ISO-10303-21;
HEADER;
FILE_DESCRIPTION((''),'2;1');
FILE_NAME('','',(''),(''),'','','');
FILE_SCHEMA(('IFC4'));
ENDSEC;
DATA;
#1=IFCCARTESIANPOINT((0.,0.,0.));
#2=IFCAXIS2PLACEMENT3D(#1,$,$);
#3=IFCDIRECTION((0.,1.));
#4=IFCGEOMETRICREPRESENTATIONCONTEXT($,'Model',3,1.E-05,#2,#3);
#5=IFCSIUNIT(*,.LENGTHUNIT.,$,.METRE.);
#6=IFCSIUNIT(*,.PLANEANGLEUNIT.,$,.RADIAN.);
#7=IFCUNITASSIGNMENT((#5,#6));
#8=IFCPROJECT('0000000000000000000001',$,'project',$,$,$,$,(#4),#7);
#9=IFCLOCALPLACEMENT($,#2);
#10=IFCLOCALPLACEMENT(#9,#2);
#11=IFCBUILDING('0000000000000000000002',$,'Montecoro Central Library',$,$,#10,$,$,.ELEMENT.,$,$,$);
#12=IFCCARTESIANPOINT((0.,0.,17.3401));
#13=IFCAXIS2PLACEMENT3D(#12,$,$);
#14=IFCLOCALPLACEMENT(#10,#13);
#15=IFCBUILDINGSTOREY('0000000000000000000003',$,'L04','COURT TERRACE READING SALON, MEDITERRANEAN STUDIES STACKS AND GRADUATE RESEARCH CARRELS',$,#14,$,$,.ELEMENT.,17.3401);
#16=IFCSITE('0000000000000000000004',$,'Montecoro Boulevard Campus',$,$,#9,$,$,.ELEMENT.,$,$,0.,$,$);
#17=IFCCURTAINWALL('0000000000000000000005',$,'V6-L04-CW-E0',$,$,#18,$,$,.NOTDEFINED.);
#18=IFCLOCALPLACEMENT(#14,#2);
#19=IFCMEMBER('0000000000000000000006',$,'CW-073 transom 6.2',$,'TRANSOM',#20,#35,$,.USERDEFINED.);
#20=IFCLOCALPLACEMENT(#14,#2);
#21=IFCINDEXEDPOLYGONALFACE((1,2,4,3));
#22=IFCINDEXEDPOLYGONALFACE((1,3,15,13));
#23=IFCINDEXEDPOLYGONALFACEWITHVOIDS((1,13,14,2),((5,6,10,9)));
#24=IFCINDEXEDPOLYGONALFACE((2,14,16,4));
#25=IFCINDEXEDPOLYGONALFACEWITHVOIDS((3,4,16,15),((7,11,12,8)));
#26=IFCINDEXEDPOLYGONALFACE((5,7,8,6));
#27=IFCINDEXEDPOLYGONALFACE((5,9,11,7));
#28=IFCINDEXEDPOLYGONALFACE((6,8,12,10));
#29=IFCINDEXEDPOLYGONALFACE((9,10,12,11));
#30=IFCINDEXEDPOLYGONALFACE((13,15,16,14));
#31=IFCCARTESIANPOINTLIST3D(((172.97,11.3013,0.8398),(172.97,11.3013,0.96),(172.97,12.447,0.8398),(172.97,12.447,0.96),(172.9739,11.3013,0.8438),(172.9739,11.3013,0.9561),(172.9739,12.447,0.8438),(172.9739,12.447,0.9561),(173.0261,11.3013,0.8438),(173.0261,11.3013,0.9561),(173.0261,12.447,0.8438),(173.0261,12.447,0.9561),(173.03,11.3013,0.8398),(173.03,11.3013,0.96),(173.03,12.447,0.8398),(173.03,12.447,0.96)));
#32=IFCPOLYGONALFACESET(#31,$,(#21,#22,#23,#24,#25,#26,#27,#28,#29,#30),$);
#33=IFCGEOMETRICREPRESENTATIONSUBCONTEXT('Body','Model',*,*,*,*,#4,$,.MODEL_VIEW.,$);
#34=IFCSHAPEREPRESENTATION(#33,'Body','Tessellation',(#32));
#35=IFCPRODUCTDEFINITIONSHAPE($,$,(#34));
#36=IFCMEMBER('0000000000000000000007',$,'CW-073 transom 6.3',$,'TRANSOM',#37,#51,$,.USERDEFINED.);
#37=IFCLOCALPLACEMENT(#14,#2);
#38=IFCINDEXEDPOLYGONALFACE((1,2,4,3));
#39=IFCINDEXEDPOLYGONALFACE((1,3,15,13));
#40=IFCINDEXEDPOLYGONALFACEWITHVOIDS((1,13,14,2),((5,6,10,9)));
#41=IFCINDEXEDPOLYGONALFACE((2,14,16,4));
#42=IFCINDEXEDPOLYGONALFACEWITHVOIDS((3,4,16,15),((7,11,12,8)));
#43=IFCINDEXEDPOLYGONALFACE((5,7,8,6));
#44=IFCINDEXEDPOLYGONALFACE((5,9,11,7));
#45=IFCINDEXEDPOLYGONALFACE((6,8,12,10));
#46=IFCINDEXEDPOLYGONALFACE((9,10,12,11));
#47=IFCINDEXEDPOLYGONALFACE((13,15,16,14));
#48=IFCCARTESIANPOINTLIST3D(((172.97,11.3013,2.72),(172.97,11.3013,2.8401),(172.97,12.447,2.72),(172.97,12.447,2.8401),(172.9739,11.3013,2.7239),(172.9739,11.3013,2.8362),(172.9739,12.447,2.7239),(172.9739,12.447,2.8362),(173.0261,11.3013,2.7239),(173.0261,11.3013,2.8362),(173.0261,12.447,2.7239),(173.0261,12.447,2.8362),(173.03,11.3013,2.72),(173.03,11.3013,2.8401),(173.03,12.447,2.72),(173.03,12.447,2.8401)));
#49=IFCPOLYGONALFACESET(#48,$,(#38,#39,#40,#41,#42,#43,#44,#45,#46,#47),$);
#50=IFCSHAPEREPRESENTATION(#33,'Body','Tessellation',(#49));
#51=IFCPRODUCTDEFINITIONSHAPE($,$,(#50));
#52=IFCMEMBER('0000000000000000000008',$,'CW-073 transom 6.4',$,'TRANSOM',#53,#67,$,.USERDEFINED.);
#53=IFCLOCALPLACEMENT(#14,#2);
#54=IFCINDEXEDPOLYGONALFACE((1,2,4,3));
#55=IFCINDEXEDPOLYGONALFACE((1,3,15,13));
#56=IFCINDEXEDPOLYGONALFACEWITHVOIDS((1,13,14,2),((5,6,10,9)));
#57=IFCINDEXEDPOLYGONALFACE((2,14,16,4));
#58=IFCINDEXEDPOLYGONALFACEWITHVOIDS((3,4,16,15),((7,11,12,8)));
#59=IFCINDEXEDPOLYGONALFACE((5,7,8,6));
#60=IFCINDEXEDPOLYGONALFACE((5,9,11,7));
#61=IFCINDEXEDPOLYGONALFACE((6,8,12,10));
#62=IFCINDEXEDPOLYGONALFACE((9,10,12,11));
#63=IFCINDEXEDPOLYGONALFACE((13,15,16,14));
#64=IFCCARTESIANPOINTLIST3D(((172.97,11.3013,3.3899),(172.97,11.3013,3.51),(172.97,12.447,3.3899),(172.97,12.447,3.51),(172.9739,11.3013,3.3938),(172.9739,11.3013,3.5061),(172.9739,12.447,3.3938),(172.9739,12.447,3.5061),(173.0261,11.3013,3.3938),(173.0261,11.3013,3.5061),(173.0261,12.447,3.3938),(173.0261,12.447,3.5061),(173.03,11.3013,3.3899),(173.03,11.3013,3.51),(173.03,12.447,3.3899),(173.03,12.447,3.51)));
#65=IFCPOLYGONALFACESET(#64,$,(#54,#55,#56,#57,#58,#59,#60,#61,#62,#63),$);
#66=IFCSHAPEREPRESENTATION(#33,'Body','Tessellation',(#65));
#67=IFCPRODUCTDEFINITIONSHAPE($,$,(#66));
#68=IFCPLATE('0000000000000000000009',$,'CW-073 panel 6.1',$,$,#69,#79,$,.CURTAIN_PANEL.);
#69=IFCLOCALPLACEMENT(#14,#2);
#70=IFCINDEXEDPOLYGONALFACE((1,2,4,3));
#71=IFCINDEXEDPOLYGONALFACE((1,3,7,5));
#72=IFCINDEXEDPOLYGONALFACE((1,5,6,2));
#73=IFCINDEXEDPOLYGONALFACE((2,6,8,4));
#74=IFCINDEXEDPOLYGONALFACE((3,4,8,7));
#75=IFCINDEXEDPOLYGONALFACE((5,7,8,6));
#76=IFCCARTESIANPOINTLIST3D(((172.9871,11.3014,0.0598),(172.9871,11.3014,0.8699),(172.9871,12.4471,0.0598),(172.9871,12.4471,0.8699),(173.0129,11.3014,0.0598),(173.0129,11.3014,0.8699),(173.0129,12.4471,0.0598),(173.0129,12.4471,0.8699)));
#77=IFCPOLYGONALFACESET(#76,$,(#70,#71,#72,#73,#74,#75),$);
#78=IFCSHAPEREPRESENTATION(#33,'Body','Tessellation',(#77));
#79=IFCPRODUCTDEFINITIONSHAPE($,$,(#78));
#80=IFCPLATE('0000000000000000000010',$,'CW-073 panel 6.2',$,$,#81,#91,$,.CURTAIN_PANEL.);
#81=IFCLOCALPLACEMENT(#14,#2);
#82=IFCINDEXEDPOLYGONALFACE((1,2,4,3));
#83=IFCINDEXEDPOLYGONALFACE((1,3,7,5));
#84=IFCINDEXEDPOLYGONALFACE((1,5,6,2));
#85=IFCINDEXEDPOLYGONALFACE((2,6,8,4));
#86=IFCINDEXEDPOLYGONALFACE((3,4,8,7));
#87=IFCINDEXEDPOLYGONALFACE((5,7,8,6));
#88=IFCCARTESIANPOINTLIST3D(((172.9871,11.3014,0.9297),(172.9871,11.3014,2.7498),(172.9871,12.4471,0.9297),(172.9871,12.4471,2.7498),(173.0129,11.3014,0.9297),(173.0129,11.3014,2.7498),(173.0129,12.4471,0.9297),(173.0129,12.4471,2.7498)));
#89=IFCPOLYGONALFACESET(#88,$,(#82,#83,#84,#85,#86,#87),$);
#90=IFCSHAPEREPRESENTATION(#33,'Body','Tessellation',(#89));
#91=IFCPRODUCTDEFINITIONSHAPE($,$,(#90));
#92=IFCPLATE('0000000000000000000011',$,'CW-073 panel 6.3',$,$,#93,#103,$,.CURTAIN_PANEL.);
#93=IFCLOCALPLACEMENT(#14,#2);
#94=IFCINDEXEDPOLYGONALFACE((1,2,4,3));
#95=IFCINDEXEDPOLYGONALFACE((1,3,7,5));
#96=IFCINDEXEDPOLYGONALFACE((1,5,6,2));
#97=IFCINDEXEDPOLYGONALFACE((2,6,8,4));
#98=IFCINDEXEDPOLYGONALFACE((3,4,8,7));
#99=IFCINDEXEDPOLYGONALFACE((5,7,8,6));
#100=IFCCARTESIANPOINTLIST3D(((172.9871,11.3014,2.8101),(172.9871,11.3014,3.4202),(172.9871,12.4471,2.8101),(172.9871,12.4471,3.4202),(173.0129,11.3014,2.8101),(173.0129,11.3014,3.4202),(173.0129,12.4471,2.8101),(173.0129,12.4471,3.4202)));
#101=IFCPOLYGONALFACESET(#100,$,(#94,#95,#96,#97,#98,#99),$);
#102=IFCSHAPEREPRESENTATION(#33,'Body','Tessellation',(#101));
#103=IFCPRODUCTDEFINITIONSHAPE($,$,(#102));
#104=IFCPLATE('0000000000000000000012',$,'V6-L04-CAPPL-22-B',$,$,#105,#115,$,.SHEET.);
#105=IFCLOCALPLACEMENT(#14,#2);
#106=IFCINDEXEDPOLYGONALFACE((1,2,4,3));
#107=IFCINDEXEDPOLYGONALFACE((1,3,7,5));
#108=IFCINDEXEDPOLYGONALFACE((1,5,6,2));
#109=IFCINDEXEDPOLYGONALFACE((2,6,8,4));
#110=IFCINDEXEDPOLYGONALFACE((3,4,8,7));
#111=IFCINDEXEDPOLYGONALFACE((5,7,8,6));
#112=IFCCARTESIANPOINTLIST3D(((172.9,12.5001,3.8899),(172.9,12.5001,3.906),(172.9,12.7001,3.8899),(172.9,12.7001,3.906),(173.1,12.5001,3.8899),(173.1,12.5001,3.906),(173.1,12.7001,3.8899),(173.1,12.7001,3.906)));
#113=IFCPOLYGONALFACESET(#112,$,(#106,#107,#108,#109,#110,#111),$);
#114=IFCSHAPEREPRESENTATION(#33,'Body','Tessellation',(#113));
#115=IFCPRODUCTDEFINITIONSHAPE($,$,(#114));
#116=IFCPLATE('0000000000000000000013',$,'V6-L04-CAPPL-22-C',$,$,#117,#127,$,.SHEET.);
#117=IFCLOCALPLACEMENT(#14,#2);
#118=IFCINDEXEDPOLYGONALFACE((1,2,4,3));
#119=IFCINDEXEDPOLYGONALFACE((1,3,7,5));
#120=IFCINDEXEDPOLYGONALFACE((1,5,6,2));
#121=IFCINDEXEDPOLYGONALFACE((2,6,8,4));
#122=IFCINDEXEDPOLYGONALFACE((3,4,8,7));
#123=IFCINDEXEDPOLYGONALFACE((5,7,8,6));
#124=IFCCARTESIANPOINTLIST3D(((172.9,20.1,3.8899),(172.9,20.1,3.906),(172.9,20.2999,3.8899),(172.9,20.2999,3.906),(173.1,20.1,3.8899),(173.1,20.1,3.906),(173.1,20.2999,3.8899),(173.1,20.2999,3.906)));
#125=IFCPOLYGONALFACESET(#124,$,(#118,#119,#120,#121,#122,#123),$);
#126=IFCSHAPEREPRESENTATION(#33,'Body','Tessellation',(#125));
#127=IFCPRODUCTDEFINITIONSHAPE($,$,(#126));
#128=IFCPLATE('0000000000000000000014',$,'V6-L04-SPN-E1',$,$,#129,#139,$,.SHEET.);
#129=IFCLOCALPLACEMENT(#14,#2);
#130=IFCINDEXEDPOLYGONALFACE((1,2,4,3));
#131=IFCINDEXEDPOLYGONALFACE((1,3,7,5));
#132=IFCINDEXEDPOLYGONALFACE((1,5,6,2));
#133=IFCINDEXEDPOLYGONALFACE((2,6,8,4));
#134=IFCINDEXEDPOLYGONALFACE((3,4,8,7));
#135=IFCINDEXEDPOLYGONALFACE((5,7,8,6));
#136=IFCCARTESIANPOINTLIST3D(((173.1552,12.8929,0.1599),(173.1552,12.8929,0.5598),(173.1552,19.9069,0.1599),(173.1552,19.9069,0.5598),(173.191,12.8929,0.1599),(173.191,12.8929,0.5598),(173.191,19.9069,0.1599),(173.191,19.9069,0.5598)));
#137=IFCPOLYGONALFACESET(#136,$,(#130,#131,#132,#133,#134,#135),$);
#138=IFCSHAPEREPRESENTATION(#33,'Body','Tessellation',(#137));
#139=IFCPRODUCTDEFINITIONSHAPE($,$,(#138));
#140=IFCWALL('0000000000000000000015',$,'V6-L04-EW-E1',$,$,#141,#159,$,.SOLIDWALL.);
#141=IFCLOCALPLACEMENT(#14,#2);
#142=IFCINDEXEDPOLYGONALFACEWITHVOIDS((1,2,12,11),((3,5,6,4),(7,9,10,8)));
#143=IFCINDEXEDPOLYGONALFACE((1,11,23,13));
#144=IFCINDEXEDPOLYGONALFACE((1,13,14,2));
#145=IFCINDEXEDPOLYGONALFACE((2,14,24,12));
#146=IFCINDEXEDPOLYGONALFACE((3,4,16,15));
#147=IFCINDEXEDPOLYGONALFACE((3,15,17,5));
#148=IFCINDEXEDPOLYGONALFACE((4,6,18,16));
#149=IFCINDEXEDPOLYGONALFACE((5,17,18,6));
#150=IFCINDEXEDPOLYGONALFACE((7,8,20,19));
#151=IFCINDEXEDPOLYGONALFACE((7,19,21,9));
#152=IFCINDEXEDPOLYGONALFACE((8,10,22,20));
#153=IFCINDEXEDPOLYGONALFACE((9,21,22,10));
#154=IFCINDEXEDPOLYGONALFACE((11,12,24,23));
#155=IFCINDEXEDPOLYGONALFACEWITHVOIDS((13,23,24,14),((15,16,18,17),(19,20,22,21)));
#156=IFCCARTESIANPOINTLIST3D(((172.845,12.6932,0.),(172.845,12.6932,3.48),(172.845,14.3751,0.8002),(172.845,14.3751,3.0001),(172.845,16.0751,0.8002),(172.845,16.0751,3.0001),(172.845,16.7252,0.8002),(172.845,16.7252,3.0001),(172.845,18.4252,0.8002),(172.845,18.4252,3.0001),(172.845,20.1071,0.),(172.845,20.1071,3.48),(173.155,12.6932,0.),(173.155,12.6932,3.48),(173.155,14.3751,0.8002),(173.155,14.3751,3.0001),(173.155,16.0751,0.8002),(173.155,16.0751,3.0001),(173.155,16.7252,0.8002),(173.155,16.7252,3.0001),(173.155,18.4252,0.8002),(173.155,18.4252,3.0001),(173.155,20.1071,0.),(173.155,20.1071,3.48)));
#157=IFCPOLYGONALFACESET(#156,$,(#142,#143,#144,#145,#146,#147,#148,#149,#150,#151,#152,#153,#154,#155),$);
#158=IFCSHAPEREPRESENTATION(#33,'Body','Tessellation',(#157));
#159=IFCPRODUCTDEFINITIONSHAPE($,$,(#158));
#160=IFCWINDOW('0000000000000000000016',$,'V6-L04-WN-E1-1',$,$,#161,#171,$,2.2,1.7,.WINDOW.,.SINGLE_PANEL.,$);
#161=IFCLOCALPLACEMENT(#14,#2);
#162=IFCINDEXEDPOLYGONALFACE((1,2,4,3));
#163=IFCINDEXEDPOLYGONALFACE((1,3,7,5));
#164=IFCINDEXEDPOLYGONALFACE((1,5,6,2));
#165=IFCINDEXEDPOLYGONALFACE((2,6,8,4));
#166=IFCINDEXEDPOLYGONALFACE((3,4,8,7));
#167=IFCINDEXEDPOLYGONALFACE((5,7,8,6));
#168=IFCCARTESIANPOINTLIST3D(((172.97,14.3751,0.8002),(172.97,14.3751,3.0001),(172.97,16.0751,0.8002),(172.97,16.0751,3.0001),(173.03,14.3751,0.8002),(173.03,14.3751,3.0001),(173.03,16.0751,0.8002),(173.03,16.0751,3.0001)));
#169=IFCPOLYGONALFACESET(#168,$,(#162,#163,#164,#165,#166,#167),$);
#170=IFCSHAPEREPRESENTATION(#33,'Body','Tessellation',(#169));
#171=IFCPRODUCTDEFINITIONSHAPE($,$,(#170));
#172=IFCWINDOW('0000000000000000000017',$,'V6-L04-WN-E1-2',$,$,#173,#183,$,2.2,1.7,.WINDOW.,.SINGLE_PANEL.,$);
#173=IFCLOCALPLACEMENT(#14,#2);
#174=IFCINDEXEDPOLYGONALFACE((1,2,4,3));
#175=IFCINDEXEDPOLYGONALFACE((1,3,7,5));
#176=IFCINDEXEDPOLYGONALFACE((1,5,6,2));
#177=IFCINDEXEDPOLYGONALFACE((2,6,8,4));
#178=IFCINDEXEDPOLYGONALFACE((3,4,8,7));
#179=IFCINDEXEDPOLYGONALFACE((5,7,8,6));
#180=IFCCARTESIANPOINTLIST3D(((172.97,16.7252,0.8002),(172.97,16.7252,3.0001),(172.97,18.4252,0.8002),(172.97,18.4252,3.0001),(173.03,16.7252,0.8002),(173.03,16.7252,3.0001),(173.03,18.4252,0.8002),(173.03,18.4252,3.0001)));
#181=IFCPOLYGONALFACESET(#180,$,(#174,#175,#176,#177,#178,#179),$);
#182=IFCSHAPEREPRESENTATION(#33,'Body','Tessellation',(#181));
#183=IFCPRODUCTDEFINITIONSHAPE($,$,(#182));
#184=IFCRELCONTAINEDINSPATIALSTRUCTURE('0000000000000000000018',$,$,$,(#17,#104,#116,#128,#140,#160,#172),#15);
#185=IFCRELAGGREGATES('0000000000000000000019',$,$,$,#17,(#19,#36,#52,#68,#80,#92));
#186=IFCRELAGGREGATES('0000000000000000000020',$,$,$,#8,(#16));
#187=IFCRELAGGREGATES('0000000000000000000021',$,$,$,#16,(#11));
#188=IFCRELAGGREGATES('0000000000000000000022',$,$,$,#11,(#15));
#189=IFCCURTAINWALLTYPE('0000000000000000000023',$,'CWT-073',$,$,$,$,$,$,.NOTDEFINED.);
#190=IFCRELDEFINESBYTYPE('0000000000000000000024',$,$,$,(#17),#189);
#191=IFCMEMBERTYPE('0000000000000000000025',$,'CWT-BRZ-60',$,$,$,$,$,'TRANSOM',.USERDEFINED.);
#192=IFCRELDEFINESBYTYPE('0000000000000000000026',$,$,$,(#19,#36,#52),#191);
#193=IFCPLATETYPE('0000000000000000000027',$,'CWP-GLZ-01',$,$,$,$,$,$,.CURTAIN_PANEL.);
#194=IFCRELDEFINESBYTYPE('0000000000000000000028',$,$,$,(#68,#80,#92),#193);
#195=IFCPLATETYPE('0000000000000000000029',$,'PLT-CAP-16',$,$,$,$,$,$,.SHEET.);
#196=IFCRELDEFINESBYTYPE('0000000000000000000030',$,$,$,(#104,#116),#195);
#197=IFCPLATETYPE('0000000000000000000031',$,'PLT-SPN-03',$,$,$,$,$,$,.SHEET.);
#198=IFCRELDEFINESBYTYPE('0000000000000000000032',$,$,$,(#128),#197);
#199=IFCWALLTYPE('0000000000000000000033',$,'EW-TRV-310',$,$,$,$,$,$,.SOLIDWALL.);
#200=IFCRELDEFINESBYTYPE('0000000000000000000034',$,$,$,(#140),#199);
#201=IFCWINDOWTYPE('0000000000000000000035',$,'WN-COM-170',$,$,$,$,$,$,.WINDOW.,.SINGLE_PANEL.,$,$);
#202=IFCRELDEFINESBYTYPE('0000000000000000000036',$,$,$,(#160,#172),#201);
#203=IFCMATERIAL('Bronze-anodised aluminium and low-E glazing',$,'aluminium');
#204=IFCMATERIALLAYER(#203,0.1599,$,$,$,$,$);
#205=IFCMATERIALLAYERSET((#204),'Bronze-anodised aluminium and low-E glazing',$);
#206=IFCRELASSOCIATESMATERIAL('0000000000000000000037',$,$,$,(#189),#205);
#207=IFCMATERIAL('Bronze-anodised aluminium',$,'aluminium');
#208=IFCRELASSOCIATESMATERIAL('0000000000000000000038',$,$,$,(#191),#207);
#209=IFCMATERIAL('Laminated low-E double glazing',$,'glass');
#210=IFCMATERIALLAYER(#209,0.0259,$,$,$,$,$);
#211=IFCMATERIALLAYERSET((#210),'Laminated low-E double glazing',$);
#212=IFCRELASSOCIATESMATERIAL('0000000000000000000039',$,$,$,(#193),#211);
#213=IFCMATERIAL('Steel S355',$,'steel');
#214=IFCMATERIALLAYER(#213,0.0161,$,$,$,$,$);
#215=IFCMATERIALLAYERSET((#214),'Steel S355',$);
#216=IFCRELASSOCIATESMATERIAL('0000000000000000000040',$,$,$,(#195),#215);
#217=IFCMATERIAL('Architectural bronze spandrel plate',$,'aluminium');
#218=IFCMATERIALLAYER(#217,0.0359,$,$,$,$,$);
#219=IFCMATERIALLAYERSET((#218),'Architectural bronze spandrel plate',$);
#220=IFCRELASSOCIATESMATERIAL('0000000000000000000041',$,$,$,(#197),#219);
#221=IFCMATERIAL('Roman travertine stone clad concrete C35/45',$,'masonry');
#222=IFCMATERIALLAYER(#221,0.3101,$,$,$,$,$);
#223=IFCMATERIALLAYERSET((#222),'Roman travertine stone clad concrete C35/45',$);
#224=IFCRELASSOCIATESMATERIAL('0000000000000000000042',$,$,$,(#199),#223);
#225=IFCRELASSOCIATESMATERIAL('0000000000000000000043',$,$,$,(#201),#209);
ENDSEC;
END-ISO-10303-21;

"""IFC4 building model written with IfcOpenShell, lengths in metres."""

from ifc_helpers import new_model, si_unit, direction, frame, frame_2d, origin, origin_2d, place, context, subcontext, project, spatial, rectangle, hollow_rectangle, extrude, material, layer, layer_set, material_profile, profile_set, type_object, element, fill, aggregate, save


model = new_model("IFC4")

# Units and contexts
model_context = context("Model", 3, precision=1e-05, world=origin(), true_north=direction((0.0, 1.0)))
body_context = subcontext(model_context, "Body", "Model", "MODEL_VIEW")
ifc_project = project(units=[si_unit("LENGTHUNIT", "METRE"), si_unit("PLANEANGLEUNIT", "RADIAN")], contexts=[model_context])

# Site, building, storey
site_placement = place(None, origin())
site = spatial("IfcSite", under=ifc_project, at=site_placement, Name="Montecoro Boulevard Campus", CompositionType="ELEMENT", RefElevation=0.0)
building_placement = place(site_placement, origin())
building = spatial("IfcBuilding", under=site, at=building_placement, Name="Montecoro Central Library", CompositionType="ELEMENT")
storey_placement = place(building_placement, frame((0.0, 0.0, 17.3401)))
storey = spatial("IfcBuildingStorey", under=building, at=storey_placement, Name="L04", Description="COURT TERRACE READING SALON, MEDITERRANEAN STUDIES STACKS AND GRADUATE RESEARCH CARRELS", CompositionType="ELEMENT", Elevation=17.3401)

# Shared definitions
ifc_material_1 = material(Name="Steel S355", Category="steel")

# Curtain wall
ifc_material_2 = material(Name="Bronze-anodised aluminium and low-E glazing", Category="aluminium")
ifc_layer_1 = layer(ifc_material_2, 0.1599)
ifc_layer_set_1 = layer_set([ifc_layer_1], Name="Bronze-anodised aluminium and low-E glazing")
curtain_wall_type = type_object("IfcCurtainWallType", Name="CWT-073", PredefinedType="NOTDEFINED", material=ifc_layer_set_1)
curtain_wall_1_placement = place(storey_placement, origin())
curtain_wall_1 = element("IfcCurtainWall", 1, at=curtain_wall_1_placement, inside=storey, type_object=curtain_wall_type, Name="V6-L04-CW-E0", PredefinedType="NOTDEFINED")
ifc_material_3 = material(Name="Bronze-anodised aluminium", Category="aluminium")

# Members
ifc_material_profile_1 = material_profile(ifc_material_3, hollow_rectangle(XDim=0.0601, YDim=0.1201, WallThickness=0.0039, at=origin_2d()), Name="CWT 120x60x4.0")
ifc_profile_set_1 = profile_set([ifc_material_profile_1], Name="Bronze-anodised aluminium")
member_type_1 = type_object("IfcMemberType", Name="CWT-BRZ-60", ElementType="TRANSOM", PredefinedType="USERDEFINED", material=ifc_profile_set_1)
member_1_placement = place(storey_placement, frame((173.0, 11.3013, 0.8999), z_axis=(0.0, 1.0, 0.0), x_axis=(-1.0, 0.0, 0.0)))
member_1 = element("IfcMember", 2, at=member_1_placement, type_object=member_type_1, Name="CW-073 transom 6.2", ObjectType="TRANSOM", PredefinedType="USERDEFINED", context=body_context, shape_type="SweptSolid", body=[
    extrude(hollow_rectangle(XDim=0.0601, YDim=0.1201, WallThickness=0.0039, at=origin_2d()), origin(), (0.0, 0.0, 1.0), 1.1458),
])
member_2_placement = place(storey_placement, frame((173.0, 11.3013, 2.78), z_axis=(0.0, 1.0, 0.0), x_axis=(-1.0, 0.0, 0.0)))
member_2 = element("IfcMember", 3, at=member_2_placement, type_object=member_type_1, Name="CW-073 transom 6.3", ObjectType="TRANSOM", PredefinedType="USERDEFINED", context=body_context, shape_type="SweptSolid", body=[
    extrude(hollow_rectangle(XDim=0.0601, YDim=0.1201, WallThickness=0.0039, at=origin_2d()), origin(), (0.0, 0.0, 1.0), 1.1458),
])
member_3_placement = place(storey_placement, frame((173.0, 11.3013, 3.45), z_axis=(0.0, 1.0, 0.0), x_axis=(-1.0, 0.0, 0.0)))
member_3 = element("IfcMember", 4, at=member_3_placement, type_object=member_type_1, Name="CW-073 transom 6.4", ObjectType="TRANSOM", PredefinedType="USERDEFINED", context=body_context, shape_type="SweptSolid", body=[
    extrude(hollow_rectangle(XDim=0.0601, YDim=0.1201, WallThickness=0.0039, at=origin_2d()), origin(), (0.0, 0.0, 1.0), 1.1458),
])

# Plates
ifc_material_4 = material(Name="Laminated low-E double glazing", Category="glass")
ifc_layer_2 = layer(ifc_material_4, 0.0259)
ifc_layer_set_2 = layer_set([ifc_layer_2], Name="Laminated low-E double glazing")
plate_type_1 = type_object("IfcPlateType", Name="CWP-GLZ-01", PredefinedType="CURTAIN_PANEL", material=ifc_layer_set_2)
plate_1_placement = place(storey_placement, frame((173.0, 11.8743, 0.0598), z_axis=(0.0, 0.0, 1.0), x_axis=(0.0, 1.0, 0.0)))
plate_1 = element("IfcPlate", 5, at=plate_1_placement, type_object=plate_type_1, Name="CW-073 panel 6.1", PredefinedType="CURTAIN_PANEL", context=body_context, shape_type="SweptSolid", body=[
    extrude(rectangle(XDim=1.1458, YDim=0.0259, at=origin_2d()), origin(), (0.0, 0.0, 1.0), 0.8101),
])
plate_2_placement = place(storey_placement, frame((173.0, 11.8743, 0.9297), z_axis=(0.0, 0.0, 1.0), x_axis=(0.0, 1.0, 0.0)))
plate_2 = element("IfcPlate", 6, at=plate_2_placement, type_object=plate_type_1, Name="CW-073 panel 6.2", PredefinedType="CURTAIN_PANEL", context=body_context, shape_type="SweptSolid", body=[
    extrude(rectangle(XDim=1.1458, YDim=0.0259, at=origin_2d()), origin(), (0.0, 0.0, 1.0), 1.8201),
])
plate_3_placement = place(storey_placement, frame((173.0, 11.8743, 2.8101), z_axis=(0.0, 0.0, 1.0), x_axis=(0.0, 1.0, 0.0)))
plate_3 = element("IfcPlate", 7, at=plate_3_placement, type_object=plate_type_1, Name="CW-073 panel 6.3", PredefinedType="CURTAIN_PANEL", context=body_context, shape_type="SweptSolid", body=[
    extrude(rectangle(XDim=1.1458, YDim=0.0259, at=origin_2d()), origin(), (0.0, 0.0, 1.0), 0.6101),
])
aggregate(curtain_wall_1, [member_1, member_2, member_3, plate_1, plate_2, plate_3])

# Plates
ifc_layer_3 = layer(ifc_material_1, 0.0161)
ifc_layer_set_3 = layer_set([ifc_layer_3], Name="Steel S355")
plate_type_2 = type_object("IfcPlateType", Name="PLT-CAP-16", PredefinedType="SHEET", material=ifc_layer_set_3)
for number, where, z_axis, x_axis, name in (
    (8, (173.0, 12.6001, 3.8899), (0.0, 0.0, 1.0), (1.0, 0.0, 0.0), "V6-L04-CAPPL-22-B"),
    (9, (173.0, 20.2, 3.8899), (0.0, 0.0, 1.0), (1.0, 0.0, 0.0), "V6-L04-CAPPL-22-C"),
):
    element("IfcPlate", number, at=place(storey_placement, frame(where, z_axis=z_axis, x_axis=x_axis)), inside=storey, type_object=plate_type_2, Name=name, PredefinedType="SHEET", context=body_context, shape_type="SweptSolid", body=[
        extrude(rectangle(XDim=0.2, YDim=0.2, at=origin_2d()), origin(), (0.0, 0.0, 1.0), 0.0161),
    ])
ifc_material_5 = material(Name="Architectural bronze spandrel plate", Category="aluminium")
ifc_layer_4 = layer(ifc_material_5, 0.0359)
ifc_layer_set_4 = layer_set([ifc_layer_4], Name="Architectural bronze spandrel plate")
plate_type_3 = type_object("IfcPlateType", Name="PLT-SPN-03", PredefinedType="SHEET", material=ifc_layer_set_4)
plate_4_placement = place(storey_placement, frame((173.1731, 16.3999, 0.1599), z_axis=(0.0, 0.0, 1.0), x_axis=(0.0, 1.0, 0.0)))
element("IfcPlate", 10, at=plate_4_placement, inside=storey, type_object=plate_type_3, Name="V6-L04-SPN-E1", PredefinedType="SHEET", context=body_context, shape_type="SweptSolid", body=[
    extrude(rectangle(XDim=7.0139, YDim=0.0359, at=origin_2d()), origin(), (0.0, 0.0, 1.0), 0.3999),
])

# Wall, openings, windows
ifc_material_6 = material(Name="Roman travertine stone clad concrete C35/45", Category="masonry")
ifc_layer_5 = layer(ifc_material_6, 0.3101)
ifc_layer_set_5 = layer_set([ifc_layer_5], Name="Roman travertine stone clad concrete C35/45")
wall_type = type_object("IfcWallType", Name="EW-TRV-310", PredefinedType="SOLIDWALL", material=ifc_layer_set_5)
wall_placement = place(storey_placement, frame((173.0, 12.6931, 0.0), z_axis=(0.0, 0.0, 1.0), x_axis=(0.0, 1.0, 0.0)))
wall = element("IfcWall", 11, at=wall_placement, inside=storey, type_object=wall_type, Name="V6-L04-EW-E1", PredefinedType="SOLIDWALL", context=body_context, shape_type="SweptSolid", body=[
    extrude(rectangle(XDim=7.4138, YDim=0.3101, at=frame_2d((3.707, 0.0))), origin(), (0.0, 0.0, 1.0), 3.48),
])
opening_1_placement = place(wall_placement, frame((1.6819, 0.0, 0.8)))
opening_1 = element("IfcOpeningElement", 12, at=opening_1_placement, cuts=wall, PredefinedType="OPENING", context=body_context, shape_type="SweptSolid", body=[
    extrude(rectangle(XDim=1.7, YDim=2.2, at=frame_2d((0.8501, 1.1001))), frame((0.0, 0.165, 0.0), z_axis=(0.0, -1.0, 0.0), x_axis=(1.0, 0.0, 0.0)), (0.0, 0.0, 1.0), 0.3301),
])
opening_2_placement = place(wall_placement, frame((4.032, 0.0, 0.8)))
opening_2 = element("IfcOpeningElement", 13, at=opening_2_placement, cuts=wall, PredefinedType="OPENING", context=body_context, shape_type="SweptSolid", body=[
    extrude(rectangle(XDim=1.7, YDim=2.2, at=frame_2d((0.8501, 1.1001))), frame((0.0, 0.165, 0.0), z_axis=(0.0, -1.0, 0.0), x_axis=(1.0, 0.0, 0.0)), (0.0, 0.0, 1.0), 0.3301),
])
window_type = type_object("IfcWindowType", Name="WN-COM-170", PartitioningType="SINGLE_PANEL", PredefinedType="WINDOW", material=ifc_material_4)
window_1_placement = place(opening_1_placement, origin())
window_1 = element("IfcWindow", 14, at=window_1_placement, inside=storey, type_object=window_type, Name="V6-L04-WN-E1-1", OverallHeight=2.2, OverallWidth=1.7, PartitioningType="SINGLE_PANEL", PredefinedType="WINDOW", context=body_context, shape_type="SweptSolid", body=[
    extrude(rectangle(XDim=1.7, YDim=2.2, at=frame_2d((0.8501, 1.1001))), frame((0.0, 0.03, 0.0), z_axis=(0.0, -1.0, 0.0), x_axis=(1.0, 0.0, 0.0)), (0.0, 0.0, 1.0), 0.0601),
])
fill(opening_1, window_1)
window_2_placement = place(opening_2_placement, origin())
window_2 = element("IfcWindow", 15, at=window_2_placement, inside=storey, type_object=window_type, Name="V6-L04-WN-E1-2", OverallHeight=2.2, OverallWidth=1.7, PartitioningType="SINGLE_PANEL", PredefinedType="WINDOW", context=body_context, shape_type="SweptSolid", body=[
    extrude(rectangle(XDim=1.7, YDim=2.2, at=frame_2d((0.8501, 1.1001))), frame((0.0, 0.03, 0.0), z_axis=(0.0, -1.0, 0.0), x_axis=(1.0, 0.0, 0.0)), (0.0, 0.0, 1.0), 0.0601),
])
fill(opening_2, window_2)

save(model, "model.ifc")
